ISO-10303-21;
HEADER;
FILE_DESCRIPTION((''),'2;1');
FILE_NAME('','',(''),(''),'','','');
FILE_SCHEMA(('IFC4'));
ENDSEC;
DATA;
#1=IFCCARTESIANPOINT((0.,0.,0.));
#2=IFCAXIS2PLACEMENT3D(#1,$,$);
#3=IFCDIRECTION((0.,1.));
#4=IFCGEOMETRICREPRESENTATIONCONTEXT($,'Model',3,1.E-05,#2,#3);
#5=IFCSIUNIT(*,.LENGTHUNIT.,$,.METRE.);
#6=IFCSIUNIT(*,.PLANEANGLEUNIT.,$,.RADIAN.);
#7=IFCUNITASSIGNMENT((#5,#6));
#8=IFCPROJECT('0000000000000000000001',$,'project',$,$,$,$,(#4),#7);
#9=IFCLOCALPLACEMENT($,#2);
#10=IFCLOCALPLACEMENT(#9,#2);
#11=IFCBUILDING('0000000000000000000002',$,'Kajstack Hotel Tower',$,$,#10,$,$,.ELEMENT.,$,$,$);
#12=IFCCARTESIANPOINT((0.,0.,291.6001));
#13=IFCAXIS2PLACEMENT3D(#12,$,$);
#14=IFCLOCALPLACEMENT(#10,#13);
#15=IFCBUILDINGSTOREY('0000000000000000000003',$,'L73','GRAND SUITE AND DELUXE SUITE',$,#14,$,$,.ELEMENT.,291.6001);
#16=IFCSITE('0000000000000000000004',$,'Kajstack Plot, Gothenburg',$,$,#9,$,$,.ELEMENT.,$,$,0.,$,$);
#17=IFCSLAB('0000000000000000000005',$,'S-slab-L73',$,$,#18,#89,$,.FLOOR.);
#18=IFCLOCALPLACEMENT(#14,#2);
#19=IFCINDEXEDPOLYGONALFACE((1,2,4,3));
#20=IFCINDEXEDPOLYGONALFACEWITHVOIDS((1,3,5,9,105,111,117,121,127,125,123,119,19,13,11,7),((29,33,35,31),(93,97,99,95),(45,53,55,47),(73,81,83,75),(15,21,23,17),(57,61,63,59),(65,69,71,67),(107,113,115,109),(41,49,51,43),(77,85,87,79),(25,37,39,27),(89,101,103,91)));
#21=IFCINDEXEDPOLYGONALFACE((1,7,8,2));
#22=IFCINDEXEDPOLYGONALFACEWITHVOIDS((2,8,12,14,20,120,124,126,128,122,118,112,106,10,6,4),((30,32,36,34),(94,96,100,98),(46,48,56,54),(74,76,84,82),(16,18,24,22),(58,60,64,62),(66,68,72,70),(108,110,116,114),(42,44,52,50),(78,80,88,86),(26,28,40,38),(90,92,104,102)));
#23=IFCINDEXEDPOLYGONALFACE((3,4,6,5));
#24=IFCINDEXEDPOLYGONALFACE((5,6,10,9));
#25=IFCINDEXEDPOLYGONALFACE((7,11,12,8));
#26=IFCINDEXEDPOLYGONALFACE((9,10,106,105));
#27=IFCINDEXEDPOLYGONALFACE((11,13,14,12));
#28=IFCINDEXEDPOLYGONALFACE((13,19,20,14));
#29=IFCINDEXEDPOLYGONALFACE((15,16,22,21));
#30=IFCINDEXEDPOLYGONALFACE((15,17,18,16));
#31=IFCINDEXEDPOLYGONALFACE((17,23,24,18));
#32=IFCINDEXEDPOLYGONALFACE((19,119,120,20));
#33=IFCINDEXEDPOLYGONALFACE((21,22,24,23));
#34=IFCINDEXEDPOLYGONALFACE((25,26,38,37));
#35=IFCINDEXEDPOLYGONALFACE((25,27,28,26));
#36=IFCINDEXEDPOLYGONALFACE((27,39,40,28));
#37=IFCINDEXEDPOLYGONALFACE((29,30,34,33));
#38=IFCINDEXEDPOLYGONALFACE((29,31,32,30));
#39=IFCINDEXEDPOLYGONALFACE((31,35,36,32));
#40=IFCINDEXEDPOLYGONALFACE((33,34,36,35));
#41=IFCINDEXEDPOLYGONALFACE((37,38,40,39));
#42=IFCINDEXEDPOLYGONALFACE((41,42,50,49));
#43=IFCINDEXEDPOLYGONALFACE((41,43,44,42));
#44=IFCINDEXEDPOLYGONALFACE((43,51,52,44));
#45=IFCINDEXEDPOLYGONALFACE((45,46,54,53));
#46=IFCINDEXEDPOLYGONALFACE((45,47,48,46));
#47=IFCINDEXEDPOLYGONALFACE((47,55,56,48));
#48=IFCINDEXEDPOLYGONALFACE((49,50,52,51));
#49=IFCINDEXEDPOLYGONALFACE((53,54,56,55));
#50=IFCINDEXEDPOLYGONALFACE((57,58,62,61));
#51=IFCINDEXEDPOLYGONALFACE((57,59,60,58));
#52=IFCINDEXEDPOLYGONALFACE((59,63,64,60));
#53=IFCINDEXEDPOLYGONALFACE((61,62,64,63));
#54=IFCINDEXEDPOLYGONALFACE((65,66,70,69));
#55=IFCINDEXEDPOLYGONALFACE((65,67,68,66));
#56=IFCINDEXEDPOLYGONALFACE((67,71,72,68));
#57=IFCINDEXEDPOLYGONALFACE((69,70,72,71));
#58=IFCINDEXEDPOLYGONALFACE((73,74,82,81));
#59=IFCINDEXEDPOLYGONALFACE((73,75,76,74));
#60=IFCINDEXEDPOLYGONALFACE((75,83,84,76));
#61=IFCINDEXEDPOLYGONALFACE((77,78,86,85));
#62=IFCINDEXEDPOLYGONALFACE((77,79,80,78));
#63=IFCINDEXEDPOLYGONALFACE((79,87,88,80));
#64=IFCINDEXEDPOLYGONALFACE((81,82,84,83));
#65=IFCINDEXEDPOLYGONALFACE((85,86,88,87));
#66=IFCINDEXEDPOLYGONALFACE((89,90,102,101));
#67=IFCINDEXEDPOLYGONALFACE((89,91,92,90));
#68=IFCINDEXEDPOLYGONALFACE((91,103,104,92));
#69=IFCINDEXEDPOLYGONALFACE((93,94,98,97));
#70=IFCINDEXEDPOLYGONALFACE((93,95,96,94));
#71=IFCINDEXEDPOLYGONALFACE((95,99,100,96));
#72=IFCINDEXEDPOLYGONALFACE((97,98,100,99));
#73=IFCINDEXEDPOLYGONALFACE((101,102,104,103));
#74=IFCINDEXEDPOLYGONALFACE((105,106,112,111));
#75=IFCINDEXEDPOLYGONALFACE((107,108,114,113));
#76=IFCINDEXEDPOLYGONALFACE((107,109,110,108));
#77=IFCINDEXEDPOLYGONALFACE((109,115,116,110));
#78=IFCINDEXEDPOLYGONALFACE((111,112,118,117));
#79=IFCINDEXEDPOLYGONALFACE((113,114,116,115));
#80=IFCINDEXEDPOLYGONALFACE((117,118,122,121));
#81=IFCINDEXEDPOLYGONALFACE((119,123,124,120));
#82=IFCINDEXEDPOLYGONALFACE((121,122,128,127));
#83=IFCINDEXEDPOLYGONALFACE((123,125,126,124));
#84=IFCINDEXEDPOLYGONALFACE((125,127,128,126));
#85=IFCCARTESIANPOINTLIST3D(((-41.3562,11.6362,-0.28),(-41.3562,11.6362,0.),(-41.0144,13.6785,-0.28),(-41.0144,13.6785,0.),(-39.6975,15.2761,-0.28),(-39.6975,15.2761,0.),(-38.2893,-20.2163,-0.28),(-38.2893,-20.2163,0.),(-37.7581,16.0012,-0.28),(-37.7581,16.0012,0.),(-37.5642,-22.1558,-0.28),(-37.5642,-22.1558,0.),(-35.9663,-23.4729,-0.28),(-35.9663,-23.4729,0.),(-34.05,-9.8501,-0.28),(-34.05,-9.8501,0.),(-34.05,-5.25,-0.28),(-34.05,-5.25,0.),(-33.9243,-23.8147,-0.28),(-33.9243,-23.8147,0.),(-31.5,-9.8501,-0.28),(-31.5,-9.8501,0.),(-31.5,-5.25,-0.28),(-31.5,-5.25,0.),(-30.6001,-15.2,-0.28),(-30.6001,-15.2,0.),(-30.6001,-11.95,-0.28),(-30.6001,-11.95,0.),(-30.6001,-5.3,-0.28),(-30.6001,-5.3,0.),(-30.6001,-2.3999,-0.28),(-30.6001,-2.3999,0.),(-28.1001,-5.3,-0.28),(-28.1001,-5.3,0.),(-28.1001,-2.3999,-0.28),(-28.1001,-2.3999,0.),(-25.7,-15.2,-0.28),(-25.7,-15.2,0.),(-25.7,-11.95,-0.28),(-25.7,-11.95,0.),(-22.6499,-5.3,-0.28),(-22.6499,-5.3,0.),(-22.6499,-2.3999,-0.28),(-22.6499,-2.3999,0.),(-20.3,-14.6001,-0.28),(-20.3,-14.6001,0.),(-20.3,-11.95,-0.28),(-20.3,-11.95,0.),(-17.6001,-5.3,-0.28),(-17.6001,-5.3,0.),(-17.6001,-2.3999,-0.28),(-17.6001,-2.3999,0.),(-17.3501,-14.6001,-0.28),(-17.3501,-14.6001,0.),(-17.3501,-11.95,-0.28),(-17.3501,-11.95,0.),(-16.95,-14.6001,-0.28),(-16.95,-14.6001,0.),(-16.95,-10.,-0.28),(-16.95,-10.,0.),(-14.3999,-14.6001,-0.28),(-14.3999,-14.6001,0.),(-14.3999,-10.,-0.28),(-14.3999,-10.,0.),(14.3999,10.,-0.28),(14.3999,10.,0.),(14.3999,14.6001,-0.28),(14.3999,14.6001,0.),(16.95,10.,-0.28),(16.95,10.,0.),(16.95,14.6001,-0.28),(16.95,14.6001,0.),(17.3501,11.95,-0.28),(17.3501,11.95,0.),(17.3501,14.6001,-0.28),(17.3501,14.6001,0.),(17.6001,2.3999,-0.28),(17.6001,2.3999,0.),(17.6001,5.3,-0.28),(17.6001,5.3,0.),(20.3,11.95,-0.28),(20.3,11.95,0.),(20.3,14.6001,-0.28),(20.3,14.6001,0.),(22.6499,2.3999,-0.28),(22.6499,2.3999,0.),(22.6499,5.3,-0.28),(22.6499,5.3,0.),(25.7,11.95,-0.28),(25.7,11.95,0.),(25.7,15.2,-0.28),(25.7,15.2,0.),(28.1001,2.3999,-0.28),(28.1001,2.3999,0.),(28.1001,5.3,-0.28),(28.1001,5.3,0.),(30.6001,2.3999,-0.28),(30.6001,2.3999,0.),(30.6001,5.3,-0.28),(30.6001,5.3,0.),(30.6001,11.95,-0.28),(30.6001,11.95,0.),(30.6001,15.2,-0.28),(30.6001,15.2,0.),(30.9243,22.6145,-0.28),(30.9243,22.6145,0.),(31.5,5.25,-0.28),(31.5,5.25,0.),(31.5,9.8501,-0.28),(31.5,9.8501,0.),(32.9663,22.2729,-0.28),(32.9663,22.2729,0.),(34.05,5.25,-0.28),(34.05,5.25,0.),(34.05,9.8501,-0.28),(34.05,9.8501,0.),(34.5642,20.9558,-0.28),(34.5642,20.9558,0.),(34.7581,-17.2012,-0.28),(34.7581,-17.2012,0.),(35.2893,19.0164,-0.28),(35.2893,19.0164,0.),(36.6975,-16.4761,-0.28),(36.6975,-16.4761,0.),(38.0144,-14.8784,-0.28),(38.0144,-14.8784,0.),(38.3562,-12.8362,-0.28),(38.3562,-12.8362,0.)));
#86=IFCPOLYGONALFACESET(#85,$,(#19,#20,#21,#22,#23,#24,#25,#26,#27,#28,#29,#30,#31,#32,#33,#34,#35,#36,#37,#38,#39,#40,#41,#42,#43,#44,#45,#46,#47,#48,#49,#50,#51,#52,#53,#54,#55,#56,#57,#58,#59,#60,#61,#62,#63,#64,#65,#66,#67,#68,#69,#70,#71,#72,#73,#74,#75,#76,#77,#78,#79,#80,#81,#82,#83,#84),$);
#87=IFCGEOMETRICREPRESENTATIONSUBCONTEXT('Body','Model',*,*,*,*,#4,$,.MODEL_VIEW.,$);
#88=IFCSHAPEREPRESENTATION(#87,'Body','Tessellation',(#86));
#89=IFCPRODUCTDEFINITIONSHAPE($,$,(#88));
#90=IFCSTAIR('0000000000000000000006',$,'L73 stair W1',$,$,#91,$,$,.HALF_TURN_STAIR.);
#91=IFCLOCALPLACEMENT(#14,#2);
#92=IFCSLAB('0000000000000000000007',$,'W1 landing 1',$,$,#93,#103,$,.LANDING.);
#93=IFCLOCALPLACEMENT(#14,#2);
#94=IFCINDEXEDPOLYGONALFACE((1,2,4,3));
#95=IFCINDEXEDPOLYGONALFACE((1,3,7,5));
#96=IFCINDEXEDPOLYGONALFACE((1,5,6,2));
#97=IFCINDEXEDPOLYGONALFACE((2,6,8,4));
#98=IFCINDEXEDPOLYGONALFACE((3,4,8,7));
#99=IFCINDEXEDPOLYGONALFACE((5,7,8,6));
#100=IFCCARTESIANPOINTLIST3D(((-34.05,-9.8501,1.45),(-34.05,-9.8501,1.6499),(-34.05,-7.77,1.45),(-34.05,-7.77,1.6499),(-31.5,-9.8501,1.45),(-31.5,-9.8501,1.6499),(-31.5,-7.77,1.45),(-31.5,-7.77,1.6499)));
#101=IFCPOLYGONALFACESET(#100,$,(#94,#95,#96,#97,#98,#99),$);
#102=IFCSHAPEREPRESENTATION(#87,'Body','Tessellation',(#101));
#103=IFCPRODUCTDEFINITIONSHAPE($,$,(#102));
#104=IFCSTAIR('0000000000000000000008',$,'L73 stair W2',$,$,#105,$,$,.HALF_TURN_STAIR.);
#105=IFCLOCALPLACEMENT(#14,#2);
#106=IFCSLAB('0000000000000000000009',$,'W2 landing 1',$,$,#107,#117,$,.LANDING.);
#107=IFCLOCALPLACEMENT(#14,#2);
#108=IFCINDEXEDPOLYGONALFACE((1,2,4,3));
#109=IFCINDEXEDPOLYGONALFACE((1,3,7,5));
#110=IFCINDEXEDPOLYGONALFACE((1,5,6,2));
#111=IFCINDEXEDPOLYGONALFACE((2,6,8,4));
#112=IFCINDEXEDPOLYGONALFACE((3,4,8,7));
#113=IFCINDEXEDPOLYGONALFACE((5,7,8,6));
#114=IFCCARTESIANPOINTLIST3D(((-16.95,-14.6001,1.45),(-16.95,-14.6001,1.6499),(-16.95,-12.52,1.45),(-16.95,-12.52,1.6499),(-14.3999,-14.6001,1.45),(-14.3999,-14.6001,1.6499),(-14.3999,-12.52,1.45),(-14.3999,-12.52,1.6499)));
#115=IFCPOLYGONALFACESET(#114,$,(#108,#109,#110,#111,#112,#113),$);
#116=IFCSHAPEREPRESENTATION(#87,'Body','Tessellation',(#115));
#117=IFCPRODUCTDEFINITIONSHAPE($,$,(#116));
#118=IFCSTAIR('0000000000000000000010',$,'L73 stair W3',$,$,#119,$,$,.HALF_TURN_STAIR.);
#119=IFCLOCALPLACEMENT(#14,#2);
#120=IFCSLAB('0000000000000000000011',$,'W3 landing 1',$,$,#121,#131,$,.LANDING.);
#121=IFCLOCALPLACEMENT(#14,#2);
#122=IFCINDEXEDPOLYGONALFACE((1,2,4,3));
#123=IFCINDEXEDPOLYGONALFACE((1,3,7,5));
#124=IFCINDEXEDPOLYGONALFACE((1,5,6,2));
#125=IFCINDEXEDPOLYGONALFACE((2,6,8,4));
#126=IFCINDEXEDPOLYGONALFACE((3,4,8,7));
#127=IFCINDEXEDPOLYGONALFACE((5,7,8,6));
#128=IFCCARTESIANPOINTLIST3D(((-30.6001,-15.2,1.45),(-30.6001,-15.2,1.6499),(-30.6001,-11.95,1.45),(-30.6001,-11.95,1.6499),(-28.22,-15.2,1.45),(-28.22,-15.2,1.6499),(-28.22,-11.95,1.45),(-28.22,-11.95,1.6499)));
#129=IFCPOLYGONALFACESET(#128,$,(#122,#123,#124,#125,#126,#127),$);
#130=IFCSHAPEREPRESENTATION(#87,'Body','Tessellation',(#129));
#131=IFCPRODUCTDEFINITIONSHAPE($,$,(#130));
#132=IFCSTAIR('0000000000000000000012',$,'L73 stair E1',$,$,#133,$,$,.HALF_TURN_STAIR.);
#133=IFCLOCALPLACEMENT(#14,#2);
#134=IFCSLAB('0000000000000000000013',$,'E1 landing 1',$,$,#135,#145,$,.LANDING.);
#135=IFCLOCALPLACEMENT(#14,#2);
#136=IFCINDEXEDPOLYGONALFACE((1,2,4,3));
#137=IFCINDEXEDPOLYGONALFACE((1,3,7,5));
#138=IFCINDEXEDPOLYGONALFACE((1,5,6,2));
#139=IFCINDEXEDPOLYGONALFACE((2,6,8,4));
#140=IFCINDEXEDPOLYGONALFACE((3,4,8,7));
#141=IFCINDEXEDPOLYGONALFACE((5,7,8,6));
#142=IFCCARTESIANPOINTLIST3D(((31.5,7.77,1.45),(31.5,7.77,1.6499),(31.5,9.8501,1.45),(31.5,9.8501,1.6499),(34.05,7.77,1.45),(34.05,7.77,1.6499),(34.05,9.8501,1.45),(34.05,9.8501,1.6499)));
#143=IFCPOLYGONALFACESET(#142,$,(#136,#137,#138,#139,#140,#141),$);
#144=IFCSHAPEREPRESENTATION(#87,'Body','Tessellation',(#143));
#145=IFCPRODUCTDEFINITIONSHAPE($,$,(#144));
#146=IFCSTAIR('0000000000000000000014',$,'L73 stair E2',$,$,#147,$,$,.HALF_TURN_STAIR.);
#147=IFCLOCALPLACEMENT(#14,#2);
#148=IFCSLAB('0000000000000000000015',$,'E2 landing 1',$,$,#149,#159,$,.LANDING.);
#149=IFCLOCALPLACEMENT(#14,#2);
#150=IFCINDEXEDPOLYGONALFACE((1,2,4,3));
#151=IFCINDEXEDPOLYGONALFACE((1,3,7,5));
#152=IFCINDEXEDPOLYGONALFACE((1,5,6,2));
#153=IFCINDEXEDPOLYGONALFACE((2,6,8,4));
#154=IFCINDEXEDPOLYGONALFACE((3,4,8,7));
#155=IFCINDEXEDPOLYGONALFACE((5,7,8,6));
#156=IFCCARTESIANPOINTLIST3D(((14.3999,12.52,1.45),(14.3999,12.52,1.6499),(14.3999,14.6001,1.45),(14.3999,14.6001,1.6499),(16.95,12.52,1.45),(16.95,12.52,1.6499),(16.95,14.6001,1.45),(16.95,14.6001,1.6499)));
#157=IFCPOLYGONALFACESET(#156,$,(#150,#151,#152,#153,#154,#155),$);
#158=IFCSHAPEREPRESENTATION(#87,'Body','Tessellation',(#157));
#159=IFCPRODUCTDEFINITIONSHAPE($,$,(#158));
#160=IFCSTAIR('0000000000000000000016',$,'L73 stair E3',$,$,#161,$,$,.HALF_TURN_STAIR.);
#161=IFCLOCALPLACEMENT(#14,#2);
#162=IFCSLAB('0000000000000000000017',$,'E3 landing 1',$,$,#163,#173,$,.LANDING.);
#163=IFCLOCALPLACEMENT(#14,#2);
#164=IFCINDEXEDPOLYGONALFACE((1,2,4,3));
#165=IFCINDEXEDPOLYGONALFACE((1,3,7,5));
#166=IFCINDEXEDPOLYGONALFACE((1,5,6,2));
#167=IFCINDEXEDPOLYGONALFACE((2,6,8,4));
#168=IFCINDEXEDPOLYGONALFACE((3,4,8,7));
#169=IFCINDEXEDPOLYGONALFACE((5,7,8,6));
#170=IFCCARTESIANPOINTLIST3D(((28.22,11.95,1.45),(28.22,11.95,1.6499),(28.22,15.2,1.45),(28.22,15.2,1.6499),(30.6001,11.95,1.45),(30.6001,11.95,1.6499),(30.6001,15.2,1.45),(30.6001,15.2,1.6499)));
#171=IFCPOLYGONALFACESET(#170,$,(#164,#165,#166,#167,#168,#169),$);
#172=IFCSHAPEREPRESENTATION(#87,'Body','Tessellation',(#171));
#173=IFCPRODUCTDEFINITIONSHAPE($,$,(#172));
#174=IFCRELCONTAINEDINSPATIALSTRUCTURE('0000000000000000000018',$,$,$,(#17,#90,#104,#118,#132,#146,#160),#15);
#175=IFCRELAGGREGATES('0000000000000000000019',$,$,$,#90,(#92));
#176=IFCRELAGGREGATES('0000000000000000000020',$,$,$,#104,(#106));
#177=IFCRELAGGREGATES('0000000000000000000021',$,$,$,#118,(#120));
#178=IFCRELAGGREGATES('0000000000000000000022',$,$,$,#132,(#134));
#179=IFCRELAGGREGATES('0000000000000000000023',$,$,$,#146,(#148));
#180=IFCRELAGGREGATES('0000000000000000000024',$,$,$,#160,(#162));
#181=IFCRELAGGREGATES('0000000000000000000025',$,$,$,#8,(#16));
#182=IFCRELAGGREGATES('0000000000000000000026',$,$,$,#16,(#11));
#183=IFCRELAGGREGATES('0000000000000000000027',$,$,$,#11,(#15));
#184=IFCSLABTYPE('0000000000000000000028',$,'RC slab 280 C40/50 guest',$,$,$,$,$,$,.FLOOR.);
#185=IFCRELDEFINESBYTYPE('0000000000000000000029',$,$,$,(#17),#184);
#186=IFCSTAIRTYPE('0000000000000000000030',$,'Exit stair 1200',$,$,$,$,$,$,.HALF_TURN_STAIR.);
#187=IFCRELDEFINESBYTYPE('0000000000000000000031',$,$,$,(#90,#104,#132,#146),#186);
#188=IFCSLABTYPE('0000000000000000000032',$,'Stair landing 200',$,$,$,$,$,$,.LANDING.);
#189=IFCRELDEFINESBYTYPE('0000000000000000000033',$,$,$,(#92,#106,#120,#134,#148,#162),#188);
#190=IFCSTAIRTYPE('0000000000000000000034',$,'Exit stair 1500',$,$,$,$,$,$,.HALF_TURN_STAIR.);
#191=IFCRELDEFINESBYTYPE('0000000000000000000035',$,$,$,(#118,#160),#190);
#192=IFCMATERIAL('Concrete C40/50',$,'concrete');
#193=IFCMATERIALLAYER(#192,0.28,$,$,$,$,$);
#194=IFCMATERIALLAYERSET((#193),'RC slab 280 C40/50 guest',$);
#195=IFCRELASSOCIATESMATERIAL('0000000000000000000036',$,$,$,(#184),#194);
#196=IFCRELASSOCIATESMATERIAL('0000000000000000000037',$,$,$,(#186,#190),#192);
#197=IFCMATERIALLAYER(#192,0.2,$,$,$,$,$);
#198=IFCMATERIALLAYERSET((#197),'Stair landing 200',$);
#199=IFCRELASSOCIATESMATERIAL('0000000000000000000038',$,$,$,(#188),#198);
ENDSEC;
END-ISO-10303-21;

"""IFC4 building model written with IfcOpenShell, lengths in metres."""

from ifc_helpers import new_model, si_unit, direction, frame, origin, place, context, subcontext, project, spatial, polyline, outline, extrude, material, layer, layer_set, type_object, element, aggregate, save


model = new_model("IFC4")

# Units and contexts
model_context = context("Model", 3, precision=1e-05, world=origin(), true_north=direction((0.0, 1.0)))
body_context = subcontext(model_context, "Body", "Model", "MODEL_VIEW")
ifc_project = project(units=[si_unit("LENGTHUNIT", "METRE"), si_unit("PLANEANGLEUNIT", "RADIAN")], contexts=[model_context])

# Site, building, storey
site_placement = place(None, origin())
site = spatial("IfcSite", under=ifc_project, at=site_placement, Name="Kajstack Plot, Gothenburg", CompositionType="ELEMENT", RefElevation=0.0)
building_placement = place(site_placement, origin())
building = spatial("IfcBuilding", under=site, at=building_placement, Name="Kajstack Hotel Tower", CompositionType="ELEMENT")
storey_placement = place(building_placement, frame((0.0, 0.0, 291.6001)))
storey = spatial("IfcBuildingStorey", under=building, at=storey_placement, Name="L73", Description="GRAND SUITE AND DELUXE SUITE", CompositionType="ELEMENT", Elevation=291.6001)

# Slab
ifc_material_1 = material(Name="Concrete C40/50", Category="concrete")
ifc_layer_1 = layer(ifc_material_1, 0.28)
ifc_layer_set_1 = layer_set([ifc_layer_1], Name="RC slab 280 C40/50 guest")
slab_type_1 = type_object("IfcSlabType", Name="RC slab 280 C40/50 guest", PredefinedType="FLOOR", material=ifc_layer_set_1)
slab_1_placement = place(storey_placement, frame((0.0, 0.0, -0.28)))
element("IfcSlab", 1, at=slab_1_placement, inside=storey, type_object=slab_type_1, Name="S-slab-L73", PredefinedType="FLOOR", context=body_context, shape_type="SweptSolid", body=[
    extrude(outline(polyline([(-41.3562, 11.6362), (-38.2893, -20.2163), (-37.5642, -22.1558), (-35.9663, -23.4729), (-33.9243, -23.8147), (34.7581, -17.2012), (36.6975, -16.4761), (38.0144, -14.8784), (38.3562, -12.8362), (35.2893, 19.0164), (34.5642, 20.9558), (32.9663, 22.2729), (30.9243, 22.6145), (-37.7581, 16.0012), (-39.6975, 15.2761), (-41.0144, 13.6785), (-41.3562, 11.6362)]), holes=[polyline([(-22.6499, -5.3), (-22.6499, -2.3999), (-17.6001, -2.3999), (-17.6001, -5.3), (-22.6499, -5.3)]), polyline([(-20.3, -14.6001), (-17.3501, -14.6001), (-17.3501, -11.95), (-20.3, -11.95), (-20.3, -14.6001)]), polyline([(-30.6001, -5.3), (-28.1001, -5.3), (-28.1001, -2.3999), (-30.6001, -2.3999), (-30.6001, -5.3)]), polyline([(17.6001, 2.3999), (17.6001, 5.3), (22.6499, 5.3), (22.6499, 2.3999), (17.6001, 2.3999)]), polyline([(20.3, 14.6001), (17.3501, 14.6001), (17.3501, 11.95), (20.3, 11.95), (20.3, 14.6001)]), polyline([(30.6001, 5.3), (28.1001, 5.3), (28.1001, 2.3999), (30.6001, 2.3999), (30.6001, 5.3)]), polyline([(-34.05, -9.8501), (-31.5, -9.8501), (-31.5, -5.25), (-34.05, -5.25), (-34.05, -9.8501)]), polyline([(-16.95, -14.6001), (-14.3999, -14.6001), (-14.3999, -10.0), (-16.95, -10.0), (-16.95, -14.6001)]), polyline([(-30.6001, -15.2), (-25.7, -15.2), (-25.7, -11.95), (-30.6001, -11.95), (-30.6001, -15.2)]), polyline([(34.05, 9.8501), (31.5, 9.8501), (31.5, 5.25), (34.05, 5.25), (34.05, 9.8501)]), polyline([(16.95, 14.6001), (14.3999, 14.6001), (14.3999, 10.0), (16.95, 10.0), (16.95, 14.6001)]), polyline([(30.6001, 15.2), (25.7, 15.2), (25.7, 11.95), (30.6001, 11.95), (30.6001, 15.2)])]), origin(), (0.0, 0.0, 1.0), 0.28),
])

# Stairs, slabs
stair_type_1 = type_object("IfcStairType", Name="Exit stair 1200", PredefinedType="HALF_TURN_STAIR", material=ifc_material_1)
stair_1_placement = place(storey_placement, origin())
stair_1 = element("IfcStair", 2, at=stair_1_placement, inside=storey, type_object=stair_type_1, Name="L73 stair W1", PredefinedType="HALF_TURN_STAIR")
ifc_layer_2 = layer(ifc_material_1, 0.2)
ifc_layer_set_2 = layer_set([ifc_layer_2], Name="Stair landing 200")
slab_type_2 = type_object("IfcSlabType", Name="Stair landing 200", PredefinedType="LANDING", material=ifc_layer_set_2)
slab_2_placement = place(storey_placement, frame((0.0, 0.0, 1.45)))
slab_2 = element("IfcSlab", 3, at=slab_2_placement, type_object=slab_type_2, Name="W1 landing 1", PredefinedType="LANDING", context=body_context, shape_type="SweptSolid", body=[
    extrude(outline(polyline([(-34.05, -7.77), (-34.05, -9.8501), (-31.5, -9.8501), (-31.5, -7.77), (-34.05, -7.77)])), origin(), (0.0, 0.0, 1.0), 0.2),
])
aggregate(stair_1, [slab_2])
stair_2_placement = place(storey_placement, origin())
stair_2 = element("IfcStair", 4, at=stair_2_placement, inside=storey, type_object=stair_type_1, Name="L73 stair W2", PredefinedType="HALF_TURN_STAIR")
slab_3_placement = place(storey_placement, frame((0.0, 0.0, 1.45)))
slab_3 = element("IfcSlab", 5, at=slab_3_placement, type_object=slab_type_2, Name="W2 landing 1", PredefinedType="LANDING", context=body_context, shape_type="SweptSolid", body=[
    extrude(outline(polyline([(-16.95, -12.52), (-16.95, -14.6001), (-14.3999, -14.6001), (-14.3999, -12.52), (-16.95, -12.52)])), origin(), (0.0, 0.0, 1.0), 0.2),
])
aggregate(stair_2, [slab_3])
stair_type_2 = type_object("IfcStairType", Name="Exit stair 1500", PredefinedType="HALF_TURN_STAIR", material=ifc_material_1)
stair_3_placement = place(storey_placement, origin())
stair_3 = element("IfcStair", 6, at=stair_3_placement, inside=storey, type_object=stair_type_2, Name="L73 stair W3", PredefinedType="HALF_TURN_STAIR")
slab_4_placement = place(storey_placement, frame((0.0, 0.0, 1.45)))
slab_4 = element("IfcSlab", 7, at=slab_4_placement, type_object=slab_type_2, Name="W3 landing 1", PredefinedType="LANDING", context=body_context, shape_type="SweptSolid", body=[
    extrude(outline(polyline([(-28.22, -11.95), (-30.6001, -11.95), (-30.6001, -15.2), (-28.22, -15.2), (-28.22, -11.95)])), origin(), (0.0, 0.0, 1.0), 0.2),
])
aggregate(stair_3, [slab_4])
stair_4_placement = place(storey_placement, origin())
stair_4 = element("IfcStair", 8, at=stair_4_placement, inside=storey, type_object=stair_type_1, Name="L73 stair E1", PredefinedType="HALF_TURN_STAIR")
slab_5_placement = place(storey_placement, frame((0.0, 0.0, 1.45)))
slab_5 = element("IfcSlab", 9, at=slab_5_placement, type_object=slab_type_2, Name="E1 landing 1", PredefinedType="LANDING", context=body_context, shape_type="SweptSolid", body=[
    extrude(outline(polyline([(34.05, 7.77), (34.05, 9.8501), (31.5, 9.8501), (31.5, 7.77), (34.05, 7.77)])), origin(), (0.0, 0.0, 1.0), 0.2),
])
aggregate(stair_4, [slab_5])
stair_5_placement = place(storey_placement, origin())
stair_5 = element("IfcStair", 10, at=stair_5_placement, inside=storey, type_object=stair_type_1, Name="L73 stair E2", PredefinedType="HALF_TURN_STAIR")
slab_6_placement = place(storey_placement, frame((0.0, 0.0, 1.45)))
slab_6 = element("IfcSlab", 11, at=slab_6_placement, type_object=slab_type_2, Name="E2 landing 1", PredefinedType="LANDING", context=body_context, shape_type="SweptSolid", body=[
    extrude(outline(polyline([(16.95, 12.52), (16.95, 14.6001), (14.3999, 14.6001), (14.3999, 12.52), (16.95, 12.52)])), origin(), (0.0, 0.0, 1.0), 0.2),
])
aggregate(stair_5, [slab_6])
stair_6_placement = place(storey_placement, origin())
stair_6 = element("IfcStair", 12, at=stair_6_placement, inside=storey, type_object=stair_type_2, Name="L73 stair E3", PredefinedType="HALF_TURN_STAIR")
slab_7_placement = place(storey_placement, frame((0.0, 0.0, 1.45)))
slab_7 = element("IfcSlab", 13, at=slab_7_placement, type_object=slab_type_2, Name="E3 landing 1", PredefinedType="LANDING", context=body_context, shape_type="SweptSolid", body=[
    extrude(outline(polyline([(28.22, 11.95), (30.6001, 11.95), (30.6001, 15.2), (28.22, 15.2), (28.22, 11.95)])), origin(), (0.0, 0.0, 1.0), 0.2),
])
aggregate(stair_6, [slab_7])

save(model, "model.ifc")
